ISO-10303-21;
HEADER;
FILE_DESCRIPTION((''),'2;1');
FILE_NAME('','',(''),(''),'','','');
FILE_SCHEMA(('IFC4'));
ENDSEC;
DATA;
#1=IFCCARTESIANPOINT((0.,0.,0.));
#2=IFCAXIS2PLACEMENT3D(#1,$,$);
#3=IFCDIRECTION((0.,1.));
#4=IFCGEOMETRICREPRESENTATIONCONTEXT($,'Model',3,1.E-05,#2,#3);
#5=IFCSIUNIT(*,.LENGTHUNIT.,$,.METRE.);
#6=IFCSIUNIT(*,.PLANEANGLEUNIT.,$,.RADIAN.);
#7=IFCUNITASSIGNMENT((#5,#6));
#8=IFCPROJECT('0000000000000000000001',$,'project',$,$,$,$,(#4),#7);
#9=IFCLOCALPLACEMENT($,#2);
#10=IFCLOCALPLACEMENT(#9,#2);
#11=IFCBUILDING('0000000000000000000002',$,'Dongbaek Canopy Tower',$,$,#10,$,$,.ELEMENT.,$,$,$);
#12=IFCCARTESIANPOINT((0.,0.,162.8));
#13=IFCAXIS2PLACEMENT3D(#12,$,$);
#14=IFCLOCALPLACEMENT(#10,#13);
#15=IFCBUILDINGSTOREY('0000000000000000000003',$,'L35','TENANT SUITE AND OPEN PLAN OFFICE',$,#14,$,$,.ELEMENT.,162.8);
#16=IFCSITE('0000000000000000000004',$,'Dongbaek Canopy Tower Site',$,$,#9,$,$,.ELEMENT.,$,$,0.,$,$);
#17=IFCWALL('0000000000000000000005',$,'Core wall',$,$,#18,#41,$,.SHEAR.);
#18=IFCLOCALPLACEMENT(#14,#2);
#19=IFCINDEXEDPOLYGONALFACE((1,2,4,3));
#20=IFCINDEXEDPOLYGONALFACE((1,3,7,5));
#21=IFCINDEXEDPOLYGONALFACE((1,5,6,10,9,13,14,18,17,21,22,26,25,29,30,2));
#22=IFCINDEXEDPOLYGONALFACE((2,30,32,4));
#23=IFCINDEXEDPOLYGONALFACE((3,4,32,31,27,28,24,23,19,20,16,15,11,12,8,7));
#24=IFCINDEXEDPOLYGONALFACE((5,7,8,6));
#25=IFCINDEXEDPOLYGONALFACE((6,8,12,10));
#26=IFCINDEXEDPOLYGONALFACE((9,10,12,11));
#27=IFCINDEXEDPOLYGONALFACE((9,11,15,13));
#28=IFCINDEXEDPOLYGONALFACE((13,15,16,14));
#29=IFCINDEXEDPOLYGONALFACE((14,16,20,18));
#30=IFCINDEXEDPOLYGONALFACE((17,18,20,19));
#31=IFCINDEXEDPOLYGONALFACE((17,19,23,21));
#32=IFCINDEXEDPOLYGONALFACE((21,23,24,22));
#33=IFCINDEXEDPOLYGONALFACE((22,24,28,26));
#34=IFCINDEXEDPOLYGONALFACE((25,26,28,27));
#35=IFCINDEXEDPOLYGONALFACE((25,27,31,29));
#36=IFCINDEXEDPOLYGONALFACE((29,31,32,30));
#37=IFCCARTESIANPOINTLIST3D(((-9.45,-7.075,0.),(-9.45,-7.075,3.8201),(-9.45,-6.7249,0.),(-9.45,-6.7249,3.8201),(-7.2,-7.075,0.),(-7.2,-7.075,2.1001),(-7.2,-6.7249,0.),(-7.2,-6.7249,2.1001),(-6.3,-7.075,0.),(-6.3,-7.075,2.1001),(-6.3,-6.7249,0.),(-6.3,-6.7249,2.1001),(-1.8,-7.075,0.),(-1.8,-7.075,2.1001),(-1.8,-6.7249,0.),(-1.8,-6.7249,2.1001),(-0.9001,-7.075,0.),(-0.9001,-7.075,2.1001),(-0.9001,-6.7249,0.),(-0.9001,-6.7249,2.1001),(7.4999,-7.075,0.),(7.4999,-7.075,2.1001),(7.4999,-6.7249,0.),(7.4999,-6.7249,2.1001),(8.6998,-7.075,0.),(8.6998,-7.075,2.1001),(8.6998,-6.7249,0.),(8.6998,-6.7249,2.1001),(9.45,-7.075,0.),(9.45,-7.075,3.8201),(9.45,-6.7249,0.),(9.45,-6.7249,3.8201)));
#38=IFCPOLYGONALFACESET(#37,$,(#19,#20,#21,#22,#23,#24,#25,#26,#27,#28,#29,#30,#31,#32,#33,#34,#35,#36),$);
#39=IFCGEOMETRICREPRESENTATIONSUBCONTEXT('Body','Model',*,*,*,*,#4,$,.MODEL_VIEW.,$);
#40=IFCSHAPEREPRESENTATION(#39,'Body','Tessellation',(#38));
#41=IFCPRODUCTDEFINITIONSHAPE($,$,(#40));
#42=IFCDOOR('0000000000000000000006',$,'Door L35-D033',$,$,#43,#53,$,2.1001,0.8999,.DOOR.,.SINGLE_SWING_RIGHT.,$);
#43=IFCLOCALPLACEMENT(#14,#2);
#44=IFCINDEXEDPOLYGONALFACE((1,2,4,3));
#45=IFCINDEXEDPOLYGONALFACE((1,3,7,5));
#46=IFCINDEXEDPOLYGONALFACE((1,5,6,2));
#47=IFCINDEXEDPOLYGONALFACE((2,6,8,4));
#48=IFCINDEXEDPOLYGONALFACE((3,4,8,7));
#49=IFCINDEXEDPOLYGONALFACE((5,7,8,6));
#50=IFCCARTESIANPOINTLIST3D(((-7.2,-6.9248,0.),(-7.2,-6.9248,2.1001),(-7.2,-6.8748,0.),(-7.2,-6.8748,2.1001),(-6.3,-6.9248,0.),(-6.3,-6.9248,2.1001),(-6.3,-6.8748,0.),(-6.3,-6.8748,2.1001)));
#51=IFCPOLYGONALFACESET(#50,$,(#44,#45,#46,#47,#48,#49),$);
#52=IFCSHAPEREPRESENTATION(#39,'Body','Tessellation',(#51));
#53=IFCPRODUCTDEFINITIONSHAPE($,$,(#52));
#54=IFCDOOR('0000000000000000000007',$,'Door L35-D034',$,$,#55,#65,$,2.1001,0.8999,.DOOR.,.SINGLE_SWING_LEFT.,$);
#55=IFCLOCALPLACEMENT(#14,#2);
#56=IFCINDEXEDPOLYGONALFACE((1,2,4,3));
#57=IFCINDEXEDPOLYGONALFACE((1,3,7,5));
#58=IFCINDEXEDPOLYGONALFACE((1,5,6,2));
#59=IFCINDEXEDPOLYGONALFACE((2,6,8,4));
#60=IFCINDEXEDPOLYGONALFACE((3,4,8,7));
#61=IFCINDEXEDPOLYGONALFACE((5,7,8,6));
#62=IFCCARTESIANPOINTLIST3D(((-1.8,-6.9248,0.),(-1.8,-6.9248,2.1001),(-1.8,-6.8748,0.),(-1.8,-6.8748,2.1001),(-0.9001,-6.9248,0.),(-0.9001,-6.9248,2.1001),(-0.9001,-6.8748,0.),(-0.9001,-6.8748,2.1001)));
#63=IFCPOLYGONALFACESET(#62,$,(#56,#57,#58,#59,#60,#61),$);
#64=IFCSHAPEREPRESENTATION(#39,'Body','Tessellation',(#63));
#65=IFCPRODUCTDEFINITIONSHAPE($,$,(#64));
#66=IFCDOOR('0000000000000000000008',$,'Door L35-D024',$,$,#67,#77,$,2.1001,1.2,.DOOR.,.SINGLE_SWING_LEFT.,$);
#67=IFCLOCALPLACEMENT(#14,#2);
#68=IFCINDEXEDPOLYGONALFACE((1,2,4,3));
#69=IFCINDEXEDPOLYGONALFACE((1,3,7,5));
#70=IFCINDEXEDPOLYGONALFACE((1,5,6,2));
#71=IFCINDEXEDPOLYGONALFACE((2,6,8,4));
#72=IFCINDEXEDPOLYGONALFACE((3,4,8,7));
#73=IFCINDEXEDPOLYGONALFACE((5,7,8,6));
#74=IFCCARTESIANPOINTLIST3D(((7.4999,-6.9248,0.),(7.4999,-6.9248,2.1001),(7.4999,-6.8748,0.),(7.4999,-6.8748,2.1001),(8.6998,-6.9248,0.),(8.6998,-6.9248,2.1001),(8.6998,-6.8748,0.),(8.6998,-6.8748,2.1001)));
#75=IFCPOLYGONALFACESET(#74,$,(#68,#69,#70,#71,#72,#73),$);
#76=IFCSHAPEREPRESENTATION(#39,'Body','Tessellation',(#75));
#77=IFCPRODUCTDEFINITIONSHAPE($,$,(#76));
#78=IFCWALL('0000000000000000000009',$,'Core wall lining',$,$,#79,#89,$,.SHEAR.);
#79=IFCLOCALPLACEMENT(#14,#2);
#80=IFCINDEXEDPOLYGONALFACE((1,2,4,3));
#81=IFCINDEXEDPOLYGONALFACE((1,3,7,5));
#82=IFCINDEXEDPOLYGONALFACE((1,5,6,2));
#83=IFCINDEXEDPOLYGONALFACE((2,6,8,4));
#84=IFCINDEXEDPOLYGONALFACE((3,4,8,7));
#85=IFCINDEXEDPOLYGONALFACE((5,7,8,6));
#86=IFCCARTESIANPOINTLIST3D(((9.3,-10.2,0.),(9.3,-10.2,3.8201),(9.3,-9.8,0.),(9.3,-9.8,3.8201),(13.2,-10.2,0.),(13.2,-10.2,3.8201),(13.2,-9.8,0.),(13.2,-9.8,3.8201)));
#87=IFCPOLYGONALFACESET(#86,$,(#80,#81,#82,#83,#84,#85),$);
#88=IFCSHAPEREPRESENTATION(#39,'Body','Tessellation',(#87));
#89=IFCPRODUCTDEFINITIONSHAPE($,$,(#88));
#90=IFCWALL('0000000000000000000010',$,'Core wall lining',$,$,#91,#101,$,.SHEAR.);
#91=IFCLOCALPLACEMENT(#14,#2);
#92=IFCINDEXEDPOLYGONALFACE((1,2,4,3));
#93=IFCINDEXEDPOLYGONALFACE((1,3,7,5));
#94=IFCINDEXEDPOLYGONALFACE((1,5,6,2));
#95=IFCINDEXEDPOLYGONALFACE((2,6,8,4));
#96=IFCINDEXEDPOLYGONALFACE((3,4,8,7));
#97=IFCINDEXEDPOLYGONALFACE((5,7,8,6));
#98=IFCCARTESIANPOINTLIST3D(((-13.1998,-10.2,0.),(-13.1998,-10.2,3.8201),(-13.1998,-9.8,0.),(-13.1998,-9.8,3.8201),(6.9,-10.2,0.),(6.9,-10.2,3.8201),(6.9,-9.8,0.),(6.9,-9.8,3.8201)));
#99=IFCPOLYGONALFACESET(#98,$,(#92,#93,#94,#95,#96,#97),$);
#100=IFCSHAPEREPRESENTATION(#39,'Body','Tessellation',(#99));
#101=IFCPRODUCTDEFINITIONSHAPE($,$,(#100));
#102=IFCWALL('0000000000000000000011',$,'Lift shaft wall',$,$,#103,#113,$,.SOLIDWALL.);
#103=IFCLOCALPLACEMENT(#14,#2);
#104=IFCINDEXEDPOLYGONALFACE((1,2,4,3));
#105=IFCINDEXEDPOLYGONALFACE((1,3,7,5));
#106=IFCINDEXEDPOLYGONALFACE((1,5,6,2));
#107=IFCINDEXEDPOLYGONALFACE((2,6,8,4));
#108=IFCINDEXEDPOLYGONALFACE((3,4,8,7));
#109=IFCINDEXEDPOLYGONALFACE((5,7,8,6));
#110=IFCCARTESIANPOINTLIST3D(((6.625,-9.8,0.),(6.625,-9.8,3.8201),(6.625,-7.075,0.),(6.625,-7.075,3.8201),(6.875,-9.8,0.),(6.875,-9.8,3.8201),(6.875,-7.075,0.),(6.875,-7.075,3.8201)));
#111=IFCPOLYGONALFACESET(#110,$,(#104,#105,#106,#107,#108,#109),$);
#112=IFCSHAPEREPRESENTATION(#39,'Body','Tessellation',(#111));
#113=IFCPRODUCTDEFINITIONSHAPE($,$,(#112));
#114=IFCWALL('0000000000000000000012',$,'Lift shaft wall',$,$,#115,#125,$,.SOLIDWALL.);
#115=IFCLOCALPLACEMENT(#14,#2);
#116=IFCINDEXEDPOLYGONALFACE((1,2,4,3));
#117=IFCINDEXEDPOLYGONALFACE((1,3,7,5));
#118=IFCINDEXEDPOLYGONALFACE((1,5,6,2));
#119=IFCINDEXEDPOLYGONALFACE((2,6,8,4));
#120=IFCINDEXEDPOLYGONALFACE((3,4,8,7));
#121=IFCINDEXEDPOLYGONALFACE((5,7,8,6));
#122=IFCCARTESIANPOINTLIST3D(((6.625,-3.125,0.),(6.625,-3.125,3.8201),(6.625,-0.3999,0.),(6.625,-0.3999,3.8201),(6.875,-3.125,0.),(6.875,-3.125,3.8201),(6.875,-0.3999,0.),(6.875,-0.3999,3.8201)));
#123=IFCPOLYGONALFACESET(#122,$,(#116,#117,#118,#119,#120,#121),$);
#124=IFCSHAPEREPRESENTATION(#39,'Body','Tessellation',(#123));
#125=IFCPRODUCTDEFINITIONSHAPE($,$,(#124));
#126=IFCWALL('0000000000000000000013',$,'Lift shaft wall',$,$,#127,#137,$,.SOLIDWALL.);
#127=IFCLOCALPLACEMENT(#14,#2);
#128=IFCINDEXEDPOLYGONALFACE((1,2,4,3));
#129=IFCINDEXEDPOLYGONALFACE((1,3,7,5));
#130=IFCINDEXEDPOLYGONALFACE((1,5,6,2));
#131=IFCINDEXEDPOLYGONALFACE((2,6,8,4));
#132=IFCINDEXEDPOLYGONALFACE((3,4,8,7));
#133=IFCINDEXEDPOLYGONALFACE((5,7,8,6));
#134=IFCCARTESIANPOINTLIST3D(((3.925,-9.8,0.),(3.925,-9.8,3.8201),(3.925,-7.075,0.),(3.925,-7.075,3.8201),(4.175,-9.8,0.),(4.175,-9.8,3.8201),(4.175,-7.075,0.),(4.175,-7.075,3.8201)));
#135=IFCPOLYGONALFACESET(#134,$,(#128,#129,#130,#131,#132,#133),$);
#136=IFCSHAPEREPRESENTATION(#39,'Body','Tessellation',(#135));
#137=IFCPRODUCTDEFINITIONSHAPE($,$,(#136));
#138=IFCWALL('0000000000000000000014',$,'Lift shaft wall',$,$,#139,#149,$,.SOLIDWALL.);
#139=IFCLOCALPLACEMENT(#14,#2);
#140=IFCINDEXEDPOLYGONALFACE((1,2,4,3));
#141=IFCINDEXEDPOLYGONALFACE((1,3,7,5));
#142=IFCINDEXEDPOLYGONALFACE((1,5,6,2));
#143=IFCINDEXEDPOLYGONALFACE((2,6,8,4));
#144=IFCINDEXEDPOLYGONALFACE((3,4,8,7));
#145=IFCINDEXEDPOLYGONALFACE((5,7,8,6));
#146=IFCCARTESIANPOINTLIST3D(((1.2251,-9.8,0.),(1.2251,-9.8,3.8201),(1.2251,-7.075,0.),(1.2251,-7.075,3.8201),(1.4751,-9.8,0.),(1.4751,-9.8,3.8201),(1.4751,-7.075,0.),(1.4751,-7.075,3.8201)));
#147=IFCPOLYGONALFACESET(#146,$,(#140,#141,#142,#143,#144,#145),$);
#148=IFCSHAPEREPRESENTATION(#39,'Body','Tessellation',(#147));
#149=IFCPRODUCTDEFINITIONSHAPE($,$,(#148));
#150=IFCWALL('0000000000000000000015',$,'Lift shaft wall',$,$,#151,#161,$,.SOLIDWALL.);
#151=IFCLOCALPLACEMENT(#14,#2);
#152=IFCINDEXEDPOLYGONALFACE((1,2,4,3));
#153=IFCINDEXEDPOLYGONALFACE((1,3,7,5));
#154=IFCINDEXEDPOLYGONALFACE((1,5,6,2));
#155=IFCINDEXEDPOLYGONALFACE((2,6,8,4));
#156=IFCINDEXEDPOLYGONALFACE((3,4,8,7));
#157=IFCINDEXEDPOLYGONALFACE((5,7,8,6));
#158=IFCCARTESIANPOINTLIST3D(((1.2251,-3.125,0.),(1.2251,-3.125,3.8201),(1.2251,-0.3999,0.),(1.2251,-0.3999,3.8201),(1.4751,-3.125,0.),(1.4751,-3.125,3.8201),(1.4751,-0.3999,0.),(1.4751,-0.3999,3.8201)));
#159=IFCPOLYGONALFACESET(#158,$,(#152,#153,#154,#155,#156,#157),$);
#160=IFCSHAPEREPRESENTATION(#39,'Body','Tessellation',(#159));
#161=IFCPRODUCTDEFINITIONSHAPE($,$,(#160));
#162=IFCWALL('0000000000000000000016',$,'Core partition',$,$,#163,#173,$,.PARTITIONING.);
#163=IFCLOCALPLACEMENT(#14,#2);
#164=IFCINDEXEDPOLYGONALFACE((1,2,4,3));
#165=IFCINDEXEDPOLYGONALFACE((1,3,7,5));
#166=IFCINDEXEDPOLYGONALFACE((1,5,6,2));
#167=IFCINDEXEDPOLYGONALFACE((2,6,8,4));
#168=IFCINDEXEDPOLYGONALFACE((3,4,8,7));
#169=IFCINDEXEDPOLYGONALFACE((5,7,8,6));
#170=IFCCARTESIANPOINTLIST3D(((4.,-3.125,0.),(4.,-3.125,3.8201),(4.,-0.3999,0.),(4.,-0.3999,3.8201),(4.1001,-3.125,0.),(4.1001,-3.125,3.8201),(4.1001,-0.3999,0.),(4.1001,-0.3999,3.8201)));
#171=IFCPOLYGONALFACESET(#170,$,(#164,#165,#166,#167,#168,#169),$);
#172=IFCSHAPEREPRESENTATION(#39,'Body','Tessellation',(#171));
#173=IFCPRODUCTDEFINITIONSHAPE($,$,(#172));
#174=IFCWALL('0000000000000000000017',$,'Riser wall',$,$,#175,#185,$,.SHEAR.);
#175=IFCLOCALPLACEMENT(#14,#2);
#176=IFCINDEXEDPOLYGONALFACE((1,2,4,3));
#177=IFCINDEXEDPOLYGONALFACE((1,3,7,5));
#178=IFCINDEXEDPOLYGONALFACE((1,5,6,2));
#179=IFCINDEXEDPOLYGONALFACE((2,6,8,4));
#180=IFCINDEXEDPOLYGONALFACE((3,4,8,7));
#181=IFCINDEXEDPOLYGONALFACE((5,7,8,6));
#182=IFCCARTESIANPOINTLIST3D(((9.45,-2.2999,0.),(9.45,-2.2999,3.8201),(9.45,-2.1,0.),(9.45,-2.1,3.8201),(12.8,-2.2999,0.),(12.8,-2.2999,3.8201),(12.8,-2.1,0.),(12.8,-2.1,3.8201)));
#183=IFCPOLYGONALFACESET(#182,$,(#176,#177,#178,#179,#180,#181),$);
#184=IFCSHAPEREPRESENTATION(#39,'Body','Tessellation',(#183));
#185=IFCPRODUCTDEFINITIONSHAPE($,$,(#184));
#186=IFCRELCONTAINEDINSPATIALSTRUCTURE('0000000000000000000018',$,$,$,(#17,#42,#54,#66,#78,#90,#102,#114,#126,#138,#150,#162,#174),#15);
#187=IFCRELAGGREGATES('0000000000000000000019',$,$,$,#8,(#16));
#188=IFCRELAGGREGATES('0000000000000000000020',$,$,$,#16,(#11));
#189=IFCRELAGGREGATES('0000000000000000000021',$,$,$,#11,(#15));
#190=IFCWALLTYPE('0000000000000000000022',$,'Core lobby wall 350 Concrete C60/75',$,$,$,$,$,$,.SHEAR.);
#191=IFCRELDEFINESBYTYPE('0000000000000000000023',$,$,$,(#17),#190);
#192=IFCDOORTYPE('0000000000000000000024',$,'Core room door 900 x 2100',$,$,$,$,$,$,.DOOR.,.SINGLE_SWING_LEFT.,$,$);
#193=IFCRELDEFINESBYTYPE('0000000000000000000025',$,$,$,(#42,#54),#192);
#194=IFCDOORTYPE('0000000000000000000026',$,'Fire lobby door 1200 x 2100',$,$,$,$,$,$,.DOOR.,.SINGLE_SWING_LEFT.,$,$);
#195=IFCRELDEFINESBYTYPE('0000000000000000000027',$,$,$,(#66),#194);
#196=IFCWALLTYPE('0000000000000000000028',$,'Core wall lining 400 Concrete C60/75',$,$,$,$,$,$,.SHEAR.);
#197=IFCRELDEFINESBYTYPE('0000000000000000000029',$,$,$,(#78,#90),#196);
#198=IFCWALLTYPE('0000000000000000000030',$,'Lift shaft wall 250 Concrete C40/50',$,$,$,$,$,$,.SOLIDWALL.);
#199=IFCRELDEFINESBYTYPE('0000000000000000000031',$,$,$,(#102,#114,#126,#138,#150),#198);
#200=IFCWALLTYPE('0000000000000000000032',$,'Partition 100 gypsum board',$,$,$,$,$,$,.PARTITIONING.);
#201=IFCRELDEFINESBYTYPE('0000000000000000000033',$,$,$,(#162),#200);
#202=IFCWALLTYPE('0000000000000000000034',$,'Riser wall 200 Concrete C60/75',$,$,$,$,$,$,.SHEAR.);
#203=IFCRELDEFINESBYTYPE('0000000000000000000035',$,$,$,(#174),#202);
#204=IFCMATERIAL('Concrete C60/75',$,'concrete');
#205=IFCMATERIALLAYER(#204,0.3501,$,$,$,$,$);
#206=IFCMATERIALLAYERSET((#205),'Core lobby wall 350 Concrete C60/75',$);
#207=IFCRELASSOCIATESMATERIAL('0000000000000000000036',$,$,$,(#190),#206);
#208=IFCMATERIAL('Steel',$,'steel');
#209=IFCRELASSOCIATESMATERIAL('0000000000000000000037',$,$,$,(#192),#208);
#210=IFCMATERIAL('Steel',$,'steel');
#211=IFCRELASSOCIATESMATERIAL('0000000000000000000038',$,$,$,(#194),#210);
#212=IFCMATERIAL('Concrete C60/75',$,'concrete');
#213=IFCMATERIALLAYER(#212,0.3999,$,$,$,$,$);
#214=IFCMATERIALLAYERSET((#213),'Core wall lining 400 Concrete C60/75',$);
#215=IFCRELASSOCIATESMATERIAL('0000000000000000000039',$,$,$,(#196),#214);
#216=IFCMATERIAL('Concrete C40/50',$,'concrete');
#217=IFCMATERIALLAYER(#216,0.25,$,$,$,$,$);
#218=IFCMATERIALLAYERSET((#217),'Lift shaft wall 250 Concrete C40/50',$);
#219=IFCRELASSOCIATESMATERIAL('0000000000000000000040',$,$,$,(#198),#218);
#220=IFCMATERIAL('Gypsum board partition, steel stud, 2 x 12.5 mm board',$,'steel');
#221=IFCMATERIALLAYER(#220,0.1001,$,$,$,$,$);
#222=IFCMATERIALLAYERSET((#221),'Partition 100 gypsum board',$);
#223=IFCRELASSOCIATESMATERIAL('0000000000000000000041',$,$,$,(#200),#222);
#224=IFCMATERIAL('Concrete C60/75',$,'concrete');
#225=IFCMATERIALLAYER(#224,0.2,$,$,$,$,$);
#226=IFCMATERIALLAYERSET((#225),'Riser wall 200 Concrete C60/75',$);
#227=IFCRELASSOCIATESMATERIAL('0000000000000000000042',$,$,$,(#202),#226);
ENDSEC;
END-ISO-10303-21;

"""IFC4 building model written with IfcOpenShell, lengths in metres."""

from ifc_helpers import new_model, si_unit, direction, frame, frame_2d, origin, place, context, subcontext, project, spatial, rectangle, extrude, material, layer, layer_set, type_object, element, fill, save


model = new_model("IFC4")

# Units and contexts
model_context = context("Model", 3, precision=1e-05, world=origin(), true_north=direction((0.0, 1.0)))
body_context = subcontext(model_context, "Body", "Model", "MODEL_VIEW")
ifc_project = project(units=[si_unit("LENGTHUNIT", "METRE"), si_unit("PLANEANGLEUNIT", "RADIAN")], contexts=[model_context])

# Site, building, storey
site_placement = place(None, origin())
site = spatial("IfcSite", under=ifc_project, at=site_placement, Name="Dongbaek Canopy Tower Site", CompositionType="ELEMENT", RefElevation=0.0)
building_placement = place(site_placement, origin())
building = spatial("IfcBuilding", under=site, at=building_placement, Name="Dongbaek Canopy Tower", CompositionType="ELEMENT")
storey_placement = place(building_placement, frame((0.0, 0.0, 162.8)))
storey = spatial("IfcBuildingStorey", under=building, at=storey_placement, Name="L35", Description="TENANT SUITE AND OPEN PLAN OFFICE", CompositionType="ELEMENT", Elevation=162.8)

# Wall, openings, doors
ifc_material_1 = material(Name="Concrete C60/75", Category="concrete")
ifc_layer_1 = layer(ifc_material_1, 0.3501)
ifc_layer_set_1 = layer_set([ifc_layer_1], Name="Core lobby wall 350 Concrete C60/75")
wall_type_1 = type_object("IfcWallType", Name="Core lobby wall 350 Concrete C60/75", PredefinedType="SHEAR", material=ifc_layer_set_1)
wall_1_placement = place(storey_placement, frame((9.45, -6.8999, 0.0), z_axis=(0.0, 0.0, 1.0), x_axis=(-1.0, 0.0, 0.0)))
wall_1 = element("IfcWall", 1, at=wall_1_placement, inside=storey, type_object=wall_type_1, Name="Core wall", PredefinedType="SHEAR", context=body_context, shape_type="SweptSolid", body=[
    extrude(rectangle(XDim=18.8999, YDim=0.3501, at=frame_2d((9.45, 0.0))), origin(), (0.0, 0.0, 1.0), 3.8201),
])
opening_1_placement = place(wall_1_placement, frame((0.75, 0.0, 0.0)))
opening_1 = element("IfcOpeningElement", 2, at=opening_1_placement, cuts=wall_1, PredefinedType="OPENING", context=body_context, shape_type="SweptSolid", body=[
    extrude(rectangle(XDim=1.2, YDim=2.1001, at=frame_2d((0.6001, 1.05))), frame((0.0, 0.1851, 0.0), z_axis=(0.0, -1.0, 0.0), x_axis=(1.0, 0.0, 0.0)), (0.0, 0.0, 1.0), 0.3701),
])
opening_2_placement = place(wall_1_placement, frame((15.75, 0.0, 0.0)))
opening_2 = element("IfcOpeningElement", 3, at=opening_2_placement, cuts=wall_1, PredefinedType="OPENING", context=body_context, shape_type="SweptSolid", body=[
    extrude(rectangle(XDim=0.8999, YDim=2.1001, at=frame_2d((0.45, 1.05))), frame((0.0, 0.1851, 0.0), z_axis=(0.0, -1.0, 0.0), x_axis=(1.0, 0.0, 0.0)), (0.0, 0.0, 1.0), 0.3701),
])
opening_3_placement = place(wall_1_placement, frame((10.3501, 0.0, 0.0)))
opening_3 = element("IfcOpeningElement", 4, at=opening_3_placement, cuts=wall_1, PredefinedType="OPENING", context=body_context, shape_type="SweptSolid", body=[
    extrude(rectangle(XDim=0.8999, YDim=2.1001, at=frame_2d((0.45, 1.05))), frame((0.0, 0.1851, 0.0), z_axis=(0.0, -1.0, 0.0), x_axis=(1.0, 0.0, 0.0)), (0.0, 0.0, 1.0), 0.3701),
])
ifc_material_2 = material(Name="Steel", Category="steel")
door_type_1 = type_object("IfcDoorType", Name="Core room door 900 x 2100", OperationType="SINGLE_SWING_LEFT", PredefinedType="DOOR", material=ifc_material_2)
door_1_placement = place(opening_2_placement, origin())
door_1 = element("IfcDoor", 5, at=door_1_placement, inside=storey, type_object=door_type_1, Name="Door L35-D033", OperationType="SINGLE_SWING_RIGHT", OverallHeight=2.1001, OverallWidth=0.8999, PredefinedType="DOOR", context=body_context, shape_type="SweptSolid", body=[
    extrude(rectangle(XDim=0.8999, YDim=2.1001, at=frame_2d((0.45, 1.05))), frame((0.0, 0.0249, 0.0), z_axis=(0.0, -1.0, 0.0), x_axis=(1.0, 0.0, 0.0)), (0.0, 0.0, 1.0), 0.05),
])
fill(opening_2, door_1)
door_2_placement = place(opening_3_placement, origin())
door_2 = element("IfcDoor", 6, at=door_2_placement, inside=storey, type_object=door_type_1, Name="Door L35-D034", OperationType="SINGLE_SWING_LEFT", OverallHeight=2.1001, OverallWidth=0.8999, PredefinedType="DOOR", context=body_context, shape_type="SweptSolid", body=[
    extrude(rectangle(XDim=0.8999, YDim=2.1001, at=frame_2d((0.45, 1.05))), frame((0.0, 0.0249, 0.0), z_axis=(0.0, -1.0, 0.0), x_axis=(1.0, 0.0, 0.0)), (0.0, 0.0, 1.0), 0.05),
])
fill(opening_3, door_2)
ifc_material_3 = material(Name="Steel", Category="steel")
door_type_2 = type_object("IfcDoorType", Name="Fire lobby door 1200 x 2100", OperationType="SINGLE_SWING_LEFT", PredefinedType="DOOR", material=ifc_material_3)
door_3_placement = place(opening_1_placement, origin())
door_3 = element("IfcDoor", 7, at=door_3_placement, inside=storey, type_object=door_type_2, Name="Door L35-D024", OperationType="SINGLE_SWING_LEFT", OverallHeight=2.1001, OverallWidth=1.2, PredefinedType="DOOR", context=body_context, shape_type="SweptSolid", body=[
    extrude(rectangle(XDim=1.2, YDim=2.1001, at=frame_2d((0.6001, 1.05))), frame((0.0, 0.0249, 0.0), z_axis=(0.0, -1.0, 0.0), x_axis=(1.0, 0.0, 0.0)), (0.0, 0.0, 1.0), 0.05),
])
fill(opening_1, door_3)

# Walls
ifc_material_4 = material(Name="Concrete C60/75", Category="concrete")
ifc_layer_2 = layer(ifc_material_4, 0.3999)
ifc_layer_set_2 = layer_set([ifc_layer_2], Name="Core wall lining 400 Concrete C60/75")
wall_type_2 = type_object("IfcWallType", Name="Core wall lining 400 Concrete C60/75", PredefinedType="SHEAR", material=ifc_layer_set_2)
wall_2_placement = place(storey_placement, frame((13.2, -10.0, 0.0), z_axis=(0.0, 0.0, 1.0), x_axis=(-1.0, 0.0, 0.0)))
element("IfcWall", 8, at=wall_2_placement, inside=storey, type_object=wall_type_2, Name="Core wall lining", PredefinedType="SHEAR", context=body_context, shape_type="SweptSolid", body=[
    extrude(rectangle(XDim=3.8999, YDim=0.3999, at=frame_2d((1.95, 0.0))), origin(), (0.0, 0.0, 1.0), 3.8201),
])
wall_3_placement = place(storey_placement, frame((6.8999, -10.0, 0.0), z_axis=(0.0, 0.0, 1.0), x_axis=(-1.0, 0.0, 0.0)))
element("IfcWall", 9, at=wall_3_placement, inside=storey, type_object=wall_type_2, Name="Core wall lining", PredefinedType="SHEAR", context=body_context, shape_type="SweptSolid", body=[
    extrude(rectangle(XDim=20.0999, YDim=0.3999, at=frame_2d((10.0498, 0.0))), origin(), (0.0, 0.0, 1.0), 3.8201),
])
ifc_material_5 = material(Name="Concrete C40/50", Category="concrete")
ifc_layer_3 = layer(ifc_material_5, 0.25)
ifc_layer_set_3 = layer_set([ifc_layer_3], Name="Lift shaft wall 250 Concrete C40/50")
wall_type_3 = type_object("IfcWallType", Name="Lift shaft wall 250 Concrete C40/50", PredefinedType="SOLIDWALL", material=ifc_layer_set_3)
for number, where, z_axis, x_axis, name in (
    (10, (6.75, -9.8, 0.0), (0.0, 0.0, 1.0), (0.0, 1.0, 0.0), "Lift shaft wall"),
    (11, (6.75, -3.125, 0.0), (0.0, 0.0, 1.0), (0.0, 1.0, 0.0), "Lift shaft wall"),
    (12, (4.05, -9.8, 0.0), (0.0, 0.0, 1.0), (0.0, 1.0, 0.0), "Lift shaft wall"),
    (13, (1.3501, -9.8, 0.0), (0.0, 0.0, 1.0), (0.0, 1.0, 0.0), "Lift shaft wall"),
    (14, (1.3501, -3.125, 0.0), (0.0, 0.0, 1.0), (0.0, 1.0, 0.0), "Lift shaft wall"),
):
    element("IfcWall", number, at=place(storey_placement, frame(where, z_axis=z_axis, x_axis=x_axis)), inside=storey, type_object=wall_type_3, Name=name, PredefinedType="SOLIDWALL", context=body_context, shape_type="SweptSolid", body=[
        extrude(rectangle(XDim=2.7251, YDim=0.25, at=frame_2d((1.3625, 0.0))), origin(), (0.0, 0.0, 1.0), 3.8201),
    ])
ifc_material_6 = material(Name="Gypsum board partition, steel stud, 2 x 12.5 mm board", Category="steel")
ifc_layer_4 = layer(ifc_material_6, 0.1001)
ifc_layer_set_4 = layer_set([ifc_layer_4], Name="Partition 100 gypsum board")
wall_type_4 = type_object("IfcWallType", Name="Partition 100 gypsum board", PredefinedType="PARTITIONING", material=ifc_layer_set_4)
wall_4_placement = place(storey_placement, frame((4.05, -3.125, 0.0), z_axis=(0.0, 0.0, 1.0), x_axis=(0.0, 1.0, 0.0)))
element("IfcWall", 15, at=wall_4_placement, inside=storey, type_object=wall_type_4, Name="Core partition", PredefinedType="PARTITIONING", context=body_context, shape_type="SweptSolid", body=[
    extrude(rectangle(XDim=2.7251, YDim=0.1001, at=frame_2d((1.3625, 0.0))), origin(), (0.0, 0.0, 1.0), 3.8201),
])
ifc_material_7 = material(Name="Concrete C60/75", Category="concrete")
ifc_layer_5 = layer(ifc_material_7, 0.2)
ifc_layer_set_5 = layer_set([ifc_layer_5], Name="Riser wall 200 Concrete C60/75")
wall_type_5 = type_object("IfcWallType", Name="Riser wall 200 Concrete C60/75", PredefinedType="SHEAR", material=ifc_layer_set_5)
wall_5_placement = place(storey_placement, frame((9.45, -2.2, 0.0), z_axis=(0.0, 0.0, 1.0), x_axis=(1.0, 0.0, 0.0)))
element("IfcWall", 16, at=wall_5_placement, inside=storey, type_object=wall_type_5, Name="Riser wall", PredefinedType="SHEAR", context=body_context, shape_type="SweptSolid", body=[
    extrude(rectangle(XDim=3.3501, YDim=0.2, at=frame_2d((1.675, 0.0))), origin(), (0.0, 0.0, 1.0), 3.8201),
])

save(model, "model.ifc")
